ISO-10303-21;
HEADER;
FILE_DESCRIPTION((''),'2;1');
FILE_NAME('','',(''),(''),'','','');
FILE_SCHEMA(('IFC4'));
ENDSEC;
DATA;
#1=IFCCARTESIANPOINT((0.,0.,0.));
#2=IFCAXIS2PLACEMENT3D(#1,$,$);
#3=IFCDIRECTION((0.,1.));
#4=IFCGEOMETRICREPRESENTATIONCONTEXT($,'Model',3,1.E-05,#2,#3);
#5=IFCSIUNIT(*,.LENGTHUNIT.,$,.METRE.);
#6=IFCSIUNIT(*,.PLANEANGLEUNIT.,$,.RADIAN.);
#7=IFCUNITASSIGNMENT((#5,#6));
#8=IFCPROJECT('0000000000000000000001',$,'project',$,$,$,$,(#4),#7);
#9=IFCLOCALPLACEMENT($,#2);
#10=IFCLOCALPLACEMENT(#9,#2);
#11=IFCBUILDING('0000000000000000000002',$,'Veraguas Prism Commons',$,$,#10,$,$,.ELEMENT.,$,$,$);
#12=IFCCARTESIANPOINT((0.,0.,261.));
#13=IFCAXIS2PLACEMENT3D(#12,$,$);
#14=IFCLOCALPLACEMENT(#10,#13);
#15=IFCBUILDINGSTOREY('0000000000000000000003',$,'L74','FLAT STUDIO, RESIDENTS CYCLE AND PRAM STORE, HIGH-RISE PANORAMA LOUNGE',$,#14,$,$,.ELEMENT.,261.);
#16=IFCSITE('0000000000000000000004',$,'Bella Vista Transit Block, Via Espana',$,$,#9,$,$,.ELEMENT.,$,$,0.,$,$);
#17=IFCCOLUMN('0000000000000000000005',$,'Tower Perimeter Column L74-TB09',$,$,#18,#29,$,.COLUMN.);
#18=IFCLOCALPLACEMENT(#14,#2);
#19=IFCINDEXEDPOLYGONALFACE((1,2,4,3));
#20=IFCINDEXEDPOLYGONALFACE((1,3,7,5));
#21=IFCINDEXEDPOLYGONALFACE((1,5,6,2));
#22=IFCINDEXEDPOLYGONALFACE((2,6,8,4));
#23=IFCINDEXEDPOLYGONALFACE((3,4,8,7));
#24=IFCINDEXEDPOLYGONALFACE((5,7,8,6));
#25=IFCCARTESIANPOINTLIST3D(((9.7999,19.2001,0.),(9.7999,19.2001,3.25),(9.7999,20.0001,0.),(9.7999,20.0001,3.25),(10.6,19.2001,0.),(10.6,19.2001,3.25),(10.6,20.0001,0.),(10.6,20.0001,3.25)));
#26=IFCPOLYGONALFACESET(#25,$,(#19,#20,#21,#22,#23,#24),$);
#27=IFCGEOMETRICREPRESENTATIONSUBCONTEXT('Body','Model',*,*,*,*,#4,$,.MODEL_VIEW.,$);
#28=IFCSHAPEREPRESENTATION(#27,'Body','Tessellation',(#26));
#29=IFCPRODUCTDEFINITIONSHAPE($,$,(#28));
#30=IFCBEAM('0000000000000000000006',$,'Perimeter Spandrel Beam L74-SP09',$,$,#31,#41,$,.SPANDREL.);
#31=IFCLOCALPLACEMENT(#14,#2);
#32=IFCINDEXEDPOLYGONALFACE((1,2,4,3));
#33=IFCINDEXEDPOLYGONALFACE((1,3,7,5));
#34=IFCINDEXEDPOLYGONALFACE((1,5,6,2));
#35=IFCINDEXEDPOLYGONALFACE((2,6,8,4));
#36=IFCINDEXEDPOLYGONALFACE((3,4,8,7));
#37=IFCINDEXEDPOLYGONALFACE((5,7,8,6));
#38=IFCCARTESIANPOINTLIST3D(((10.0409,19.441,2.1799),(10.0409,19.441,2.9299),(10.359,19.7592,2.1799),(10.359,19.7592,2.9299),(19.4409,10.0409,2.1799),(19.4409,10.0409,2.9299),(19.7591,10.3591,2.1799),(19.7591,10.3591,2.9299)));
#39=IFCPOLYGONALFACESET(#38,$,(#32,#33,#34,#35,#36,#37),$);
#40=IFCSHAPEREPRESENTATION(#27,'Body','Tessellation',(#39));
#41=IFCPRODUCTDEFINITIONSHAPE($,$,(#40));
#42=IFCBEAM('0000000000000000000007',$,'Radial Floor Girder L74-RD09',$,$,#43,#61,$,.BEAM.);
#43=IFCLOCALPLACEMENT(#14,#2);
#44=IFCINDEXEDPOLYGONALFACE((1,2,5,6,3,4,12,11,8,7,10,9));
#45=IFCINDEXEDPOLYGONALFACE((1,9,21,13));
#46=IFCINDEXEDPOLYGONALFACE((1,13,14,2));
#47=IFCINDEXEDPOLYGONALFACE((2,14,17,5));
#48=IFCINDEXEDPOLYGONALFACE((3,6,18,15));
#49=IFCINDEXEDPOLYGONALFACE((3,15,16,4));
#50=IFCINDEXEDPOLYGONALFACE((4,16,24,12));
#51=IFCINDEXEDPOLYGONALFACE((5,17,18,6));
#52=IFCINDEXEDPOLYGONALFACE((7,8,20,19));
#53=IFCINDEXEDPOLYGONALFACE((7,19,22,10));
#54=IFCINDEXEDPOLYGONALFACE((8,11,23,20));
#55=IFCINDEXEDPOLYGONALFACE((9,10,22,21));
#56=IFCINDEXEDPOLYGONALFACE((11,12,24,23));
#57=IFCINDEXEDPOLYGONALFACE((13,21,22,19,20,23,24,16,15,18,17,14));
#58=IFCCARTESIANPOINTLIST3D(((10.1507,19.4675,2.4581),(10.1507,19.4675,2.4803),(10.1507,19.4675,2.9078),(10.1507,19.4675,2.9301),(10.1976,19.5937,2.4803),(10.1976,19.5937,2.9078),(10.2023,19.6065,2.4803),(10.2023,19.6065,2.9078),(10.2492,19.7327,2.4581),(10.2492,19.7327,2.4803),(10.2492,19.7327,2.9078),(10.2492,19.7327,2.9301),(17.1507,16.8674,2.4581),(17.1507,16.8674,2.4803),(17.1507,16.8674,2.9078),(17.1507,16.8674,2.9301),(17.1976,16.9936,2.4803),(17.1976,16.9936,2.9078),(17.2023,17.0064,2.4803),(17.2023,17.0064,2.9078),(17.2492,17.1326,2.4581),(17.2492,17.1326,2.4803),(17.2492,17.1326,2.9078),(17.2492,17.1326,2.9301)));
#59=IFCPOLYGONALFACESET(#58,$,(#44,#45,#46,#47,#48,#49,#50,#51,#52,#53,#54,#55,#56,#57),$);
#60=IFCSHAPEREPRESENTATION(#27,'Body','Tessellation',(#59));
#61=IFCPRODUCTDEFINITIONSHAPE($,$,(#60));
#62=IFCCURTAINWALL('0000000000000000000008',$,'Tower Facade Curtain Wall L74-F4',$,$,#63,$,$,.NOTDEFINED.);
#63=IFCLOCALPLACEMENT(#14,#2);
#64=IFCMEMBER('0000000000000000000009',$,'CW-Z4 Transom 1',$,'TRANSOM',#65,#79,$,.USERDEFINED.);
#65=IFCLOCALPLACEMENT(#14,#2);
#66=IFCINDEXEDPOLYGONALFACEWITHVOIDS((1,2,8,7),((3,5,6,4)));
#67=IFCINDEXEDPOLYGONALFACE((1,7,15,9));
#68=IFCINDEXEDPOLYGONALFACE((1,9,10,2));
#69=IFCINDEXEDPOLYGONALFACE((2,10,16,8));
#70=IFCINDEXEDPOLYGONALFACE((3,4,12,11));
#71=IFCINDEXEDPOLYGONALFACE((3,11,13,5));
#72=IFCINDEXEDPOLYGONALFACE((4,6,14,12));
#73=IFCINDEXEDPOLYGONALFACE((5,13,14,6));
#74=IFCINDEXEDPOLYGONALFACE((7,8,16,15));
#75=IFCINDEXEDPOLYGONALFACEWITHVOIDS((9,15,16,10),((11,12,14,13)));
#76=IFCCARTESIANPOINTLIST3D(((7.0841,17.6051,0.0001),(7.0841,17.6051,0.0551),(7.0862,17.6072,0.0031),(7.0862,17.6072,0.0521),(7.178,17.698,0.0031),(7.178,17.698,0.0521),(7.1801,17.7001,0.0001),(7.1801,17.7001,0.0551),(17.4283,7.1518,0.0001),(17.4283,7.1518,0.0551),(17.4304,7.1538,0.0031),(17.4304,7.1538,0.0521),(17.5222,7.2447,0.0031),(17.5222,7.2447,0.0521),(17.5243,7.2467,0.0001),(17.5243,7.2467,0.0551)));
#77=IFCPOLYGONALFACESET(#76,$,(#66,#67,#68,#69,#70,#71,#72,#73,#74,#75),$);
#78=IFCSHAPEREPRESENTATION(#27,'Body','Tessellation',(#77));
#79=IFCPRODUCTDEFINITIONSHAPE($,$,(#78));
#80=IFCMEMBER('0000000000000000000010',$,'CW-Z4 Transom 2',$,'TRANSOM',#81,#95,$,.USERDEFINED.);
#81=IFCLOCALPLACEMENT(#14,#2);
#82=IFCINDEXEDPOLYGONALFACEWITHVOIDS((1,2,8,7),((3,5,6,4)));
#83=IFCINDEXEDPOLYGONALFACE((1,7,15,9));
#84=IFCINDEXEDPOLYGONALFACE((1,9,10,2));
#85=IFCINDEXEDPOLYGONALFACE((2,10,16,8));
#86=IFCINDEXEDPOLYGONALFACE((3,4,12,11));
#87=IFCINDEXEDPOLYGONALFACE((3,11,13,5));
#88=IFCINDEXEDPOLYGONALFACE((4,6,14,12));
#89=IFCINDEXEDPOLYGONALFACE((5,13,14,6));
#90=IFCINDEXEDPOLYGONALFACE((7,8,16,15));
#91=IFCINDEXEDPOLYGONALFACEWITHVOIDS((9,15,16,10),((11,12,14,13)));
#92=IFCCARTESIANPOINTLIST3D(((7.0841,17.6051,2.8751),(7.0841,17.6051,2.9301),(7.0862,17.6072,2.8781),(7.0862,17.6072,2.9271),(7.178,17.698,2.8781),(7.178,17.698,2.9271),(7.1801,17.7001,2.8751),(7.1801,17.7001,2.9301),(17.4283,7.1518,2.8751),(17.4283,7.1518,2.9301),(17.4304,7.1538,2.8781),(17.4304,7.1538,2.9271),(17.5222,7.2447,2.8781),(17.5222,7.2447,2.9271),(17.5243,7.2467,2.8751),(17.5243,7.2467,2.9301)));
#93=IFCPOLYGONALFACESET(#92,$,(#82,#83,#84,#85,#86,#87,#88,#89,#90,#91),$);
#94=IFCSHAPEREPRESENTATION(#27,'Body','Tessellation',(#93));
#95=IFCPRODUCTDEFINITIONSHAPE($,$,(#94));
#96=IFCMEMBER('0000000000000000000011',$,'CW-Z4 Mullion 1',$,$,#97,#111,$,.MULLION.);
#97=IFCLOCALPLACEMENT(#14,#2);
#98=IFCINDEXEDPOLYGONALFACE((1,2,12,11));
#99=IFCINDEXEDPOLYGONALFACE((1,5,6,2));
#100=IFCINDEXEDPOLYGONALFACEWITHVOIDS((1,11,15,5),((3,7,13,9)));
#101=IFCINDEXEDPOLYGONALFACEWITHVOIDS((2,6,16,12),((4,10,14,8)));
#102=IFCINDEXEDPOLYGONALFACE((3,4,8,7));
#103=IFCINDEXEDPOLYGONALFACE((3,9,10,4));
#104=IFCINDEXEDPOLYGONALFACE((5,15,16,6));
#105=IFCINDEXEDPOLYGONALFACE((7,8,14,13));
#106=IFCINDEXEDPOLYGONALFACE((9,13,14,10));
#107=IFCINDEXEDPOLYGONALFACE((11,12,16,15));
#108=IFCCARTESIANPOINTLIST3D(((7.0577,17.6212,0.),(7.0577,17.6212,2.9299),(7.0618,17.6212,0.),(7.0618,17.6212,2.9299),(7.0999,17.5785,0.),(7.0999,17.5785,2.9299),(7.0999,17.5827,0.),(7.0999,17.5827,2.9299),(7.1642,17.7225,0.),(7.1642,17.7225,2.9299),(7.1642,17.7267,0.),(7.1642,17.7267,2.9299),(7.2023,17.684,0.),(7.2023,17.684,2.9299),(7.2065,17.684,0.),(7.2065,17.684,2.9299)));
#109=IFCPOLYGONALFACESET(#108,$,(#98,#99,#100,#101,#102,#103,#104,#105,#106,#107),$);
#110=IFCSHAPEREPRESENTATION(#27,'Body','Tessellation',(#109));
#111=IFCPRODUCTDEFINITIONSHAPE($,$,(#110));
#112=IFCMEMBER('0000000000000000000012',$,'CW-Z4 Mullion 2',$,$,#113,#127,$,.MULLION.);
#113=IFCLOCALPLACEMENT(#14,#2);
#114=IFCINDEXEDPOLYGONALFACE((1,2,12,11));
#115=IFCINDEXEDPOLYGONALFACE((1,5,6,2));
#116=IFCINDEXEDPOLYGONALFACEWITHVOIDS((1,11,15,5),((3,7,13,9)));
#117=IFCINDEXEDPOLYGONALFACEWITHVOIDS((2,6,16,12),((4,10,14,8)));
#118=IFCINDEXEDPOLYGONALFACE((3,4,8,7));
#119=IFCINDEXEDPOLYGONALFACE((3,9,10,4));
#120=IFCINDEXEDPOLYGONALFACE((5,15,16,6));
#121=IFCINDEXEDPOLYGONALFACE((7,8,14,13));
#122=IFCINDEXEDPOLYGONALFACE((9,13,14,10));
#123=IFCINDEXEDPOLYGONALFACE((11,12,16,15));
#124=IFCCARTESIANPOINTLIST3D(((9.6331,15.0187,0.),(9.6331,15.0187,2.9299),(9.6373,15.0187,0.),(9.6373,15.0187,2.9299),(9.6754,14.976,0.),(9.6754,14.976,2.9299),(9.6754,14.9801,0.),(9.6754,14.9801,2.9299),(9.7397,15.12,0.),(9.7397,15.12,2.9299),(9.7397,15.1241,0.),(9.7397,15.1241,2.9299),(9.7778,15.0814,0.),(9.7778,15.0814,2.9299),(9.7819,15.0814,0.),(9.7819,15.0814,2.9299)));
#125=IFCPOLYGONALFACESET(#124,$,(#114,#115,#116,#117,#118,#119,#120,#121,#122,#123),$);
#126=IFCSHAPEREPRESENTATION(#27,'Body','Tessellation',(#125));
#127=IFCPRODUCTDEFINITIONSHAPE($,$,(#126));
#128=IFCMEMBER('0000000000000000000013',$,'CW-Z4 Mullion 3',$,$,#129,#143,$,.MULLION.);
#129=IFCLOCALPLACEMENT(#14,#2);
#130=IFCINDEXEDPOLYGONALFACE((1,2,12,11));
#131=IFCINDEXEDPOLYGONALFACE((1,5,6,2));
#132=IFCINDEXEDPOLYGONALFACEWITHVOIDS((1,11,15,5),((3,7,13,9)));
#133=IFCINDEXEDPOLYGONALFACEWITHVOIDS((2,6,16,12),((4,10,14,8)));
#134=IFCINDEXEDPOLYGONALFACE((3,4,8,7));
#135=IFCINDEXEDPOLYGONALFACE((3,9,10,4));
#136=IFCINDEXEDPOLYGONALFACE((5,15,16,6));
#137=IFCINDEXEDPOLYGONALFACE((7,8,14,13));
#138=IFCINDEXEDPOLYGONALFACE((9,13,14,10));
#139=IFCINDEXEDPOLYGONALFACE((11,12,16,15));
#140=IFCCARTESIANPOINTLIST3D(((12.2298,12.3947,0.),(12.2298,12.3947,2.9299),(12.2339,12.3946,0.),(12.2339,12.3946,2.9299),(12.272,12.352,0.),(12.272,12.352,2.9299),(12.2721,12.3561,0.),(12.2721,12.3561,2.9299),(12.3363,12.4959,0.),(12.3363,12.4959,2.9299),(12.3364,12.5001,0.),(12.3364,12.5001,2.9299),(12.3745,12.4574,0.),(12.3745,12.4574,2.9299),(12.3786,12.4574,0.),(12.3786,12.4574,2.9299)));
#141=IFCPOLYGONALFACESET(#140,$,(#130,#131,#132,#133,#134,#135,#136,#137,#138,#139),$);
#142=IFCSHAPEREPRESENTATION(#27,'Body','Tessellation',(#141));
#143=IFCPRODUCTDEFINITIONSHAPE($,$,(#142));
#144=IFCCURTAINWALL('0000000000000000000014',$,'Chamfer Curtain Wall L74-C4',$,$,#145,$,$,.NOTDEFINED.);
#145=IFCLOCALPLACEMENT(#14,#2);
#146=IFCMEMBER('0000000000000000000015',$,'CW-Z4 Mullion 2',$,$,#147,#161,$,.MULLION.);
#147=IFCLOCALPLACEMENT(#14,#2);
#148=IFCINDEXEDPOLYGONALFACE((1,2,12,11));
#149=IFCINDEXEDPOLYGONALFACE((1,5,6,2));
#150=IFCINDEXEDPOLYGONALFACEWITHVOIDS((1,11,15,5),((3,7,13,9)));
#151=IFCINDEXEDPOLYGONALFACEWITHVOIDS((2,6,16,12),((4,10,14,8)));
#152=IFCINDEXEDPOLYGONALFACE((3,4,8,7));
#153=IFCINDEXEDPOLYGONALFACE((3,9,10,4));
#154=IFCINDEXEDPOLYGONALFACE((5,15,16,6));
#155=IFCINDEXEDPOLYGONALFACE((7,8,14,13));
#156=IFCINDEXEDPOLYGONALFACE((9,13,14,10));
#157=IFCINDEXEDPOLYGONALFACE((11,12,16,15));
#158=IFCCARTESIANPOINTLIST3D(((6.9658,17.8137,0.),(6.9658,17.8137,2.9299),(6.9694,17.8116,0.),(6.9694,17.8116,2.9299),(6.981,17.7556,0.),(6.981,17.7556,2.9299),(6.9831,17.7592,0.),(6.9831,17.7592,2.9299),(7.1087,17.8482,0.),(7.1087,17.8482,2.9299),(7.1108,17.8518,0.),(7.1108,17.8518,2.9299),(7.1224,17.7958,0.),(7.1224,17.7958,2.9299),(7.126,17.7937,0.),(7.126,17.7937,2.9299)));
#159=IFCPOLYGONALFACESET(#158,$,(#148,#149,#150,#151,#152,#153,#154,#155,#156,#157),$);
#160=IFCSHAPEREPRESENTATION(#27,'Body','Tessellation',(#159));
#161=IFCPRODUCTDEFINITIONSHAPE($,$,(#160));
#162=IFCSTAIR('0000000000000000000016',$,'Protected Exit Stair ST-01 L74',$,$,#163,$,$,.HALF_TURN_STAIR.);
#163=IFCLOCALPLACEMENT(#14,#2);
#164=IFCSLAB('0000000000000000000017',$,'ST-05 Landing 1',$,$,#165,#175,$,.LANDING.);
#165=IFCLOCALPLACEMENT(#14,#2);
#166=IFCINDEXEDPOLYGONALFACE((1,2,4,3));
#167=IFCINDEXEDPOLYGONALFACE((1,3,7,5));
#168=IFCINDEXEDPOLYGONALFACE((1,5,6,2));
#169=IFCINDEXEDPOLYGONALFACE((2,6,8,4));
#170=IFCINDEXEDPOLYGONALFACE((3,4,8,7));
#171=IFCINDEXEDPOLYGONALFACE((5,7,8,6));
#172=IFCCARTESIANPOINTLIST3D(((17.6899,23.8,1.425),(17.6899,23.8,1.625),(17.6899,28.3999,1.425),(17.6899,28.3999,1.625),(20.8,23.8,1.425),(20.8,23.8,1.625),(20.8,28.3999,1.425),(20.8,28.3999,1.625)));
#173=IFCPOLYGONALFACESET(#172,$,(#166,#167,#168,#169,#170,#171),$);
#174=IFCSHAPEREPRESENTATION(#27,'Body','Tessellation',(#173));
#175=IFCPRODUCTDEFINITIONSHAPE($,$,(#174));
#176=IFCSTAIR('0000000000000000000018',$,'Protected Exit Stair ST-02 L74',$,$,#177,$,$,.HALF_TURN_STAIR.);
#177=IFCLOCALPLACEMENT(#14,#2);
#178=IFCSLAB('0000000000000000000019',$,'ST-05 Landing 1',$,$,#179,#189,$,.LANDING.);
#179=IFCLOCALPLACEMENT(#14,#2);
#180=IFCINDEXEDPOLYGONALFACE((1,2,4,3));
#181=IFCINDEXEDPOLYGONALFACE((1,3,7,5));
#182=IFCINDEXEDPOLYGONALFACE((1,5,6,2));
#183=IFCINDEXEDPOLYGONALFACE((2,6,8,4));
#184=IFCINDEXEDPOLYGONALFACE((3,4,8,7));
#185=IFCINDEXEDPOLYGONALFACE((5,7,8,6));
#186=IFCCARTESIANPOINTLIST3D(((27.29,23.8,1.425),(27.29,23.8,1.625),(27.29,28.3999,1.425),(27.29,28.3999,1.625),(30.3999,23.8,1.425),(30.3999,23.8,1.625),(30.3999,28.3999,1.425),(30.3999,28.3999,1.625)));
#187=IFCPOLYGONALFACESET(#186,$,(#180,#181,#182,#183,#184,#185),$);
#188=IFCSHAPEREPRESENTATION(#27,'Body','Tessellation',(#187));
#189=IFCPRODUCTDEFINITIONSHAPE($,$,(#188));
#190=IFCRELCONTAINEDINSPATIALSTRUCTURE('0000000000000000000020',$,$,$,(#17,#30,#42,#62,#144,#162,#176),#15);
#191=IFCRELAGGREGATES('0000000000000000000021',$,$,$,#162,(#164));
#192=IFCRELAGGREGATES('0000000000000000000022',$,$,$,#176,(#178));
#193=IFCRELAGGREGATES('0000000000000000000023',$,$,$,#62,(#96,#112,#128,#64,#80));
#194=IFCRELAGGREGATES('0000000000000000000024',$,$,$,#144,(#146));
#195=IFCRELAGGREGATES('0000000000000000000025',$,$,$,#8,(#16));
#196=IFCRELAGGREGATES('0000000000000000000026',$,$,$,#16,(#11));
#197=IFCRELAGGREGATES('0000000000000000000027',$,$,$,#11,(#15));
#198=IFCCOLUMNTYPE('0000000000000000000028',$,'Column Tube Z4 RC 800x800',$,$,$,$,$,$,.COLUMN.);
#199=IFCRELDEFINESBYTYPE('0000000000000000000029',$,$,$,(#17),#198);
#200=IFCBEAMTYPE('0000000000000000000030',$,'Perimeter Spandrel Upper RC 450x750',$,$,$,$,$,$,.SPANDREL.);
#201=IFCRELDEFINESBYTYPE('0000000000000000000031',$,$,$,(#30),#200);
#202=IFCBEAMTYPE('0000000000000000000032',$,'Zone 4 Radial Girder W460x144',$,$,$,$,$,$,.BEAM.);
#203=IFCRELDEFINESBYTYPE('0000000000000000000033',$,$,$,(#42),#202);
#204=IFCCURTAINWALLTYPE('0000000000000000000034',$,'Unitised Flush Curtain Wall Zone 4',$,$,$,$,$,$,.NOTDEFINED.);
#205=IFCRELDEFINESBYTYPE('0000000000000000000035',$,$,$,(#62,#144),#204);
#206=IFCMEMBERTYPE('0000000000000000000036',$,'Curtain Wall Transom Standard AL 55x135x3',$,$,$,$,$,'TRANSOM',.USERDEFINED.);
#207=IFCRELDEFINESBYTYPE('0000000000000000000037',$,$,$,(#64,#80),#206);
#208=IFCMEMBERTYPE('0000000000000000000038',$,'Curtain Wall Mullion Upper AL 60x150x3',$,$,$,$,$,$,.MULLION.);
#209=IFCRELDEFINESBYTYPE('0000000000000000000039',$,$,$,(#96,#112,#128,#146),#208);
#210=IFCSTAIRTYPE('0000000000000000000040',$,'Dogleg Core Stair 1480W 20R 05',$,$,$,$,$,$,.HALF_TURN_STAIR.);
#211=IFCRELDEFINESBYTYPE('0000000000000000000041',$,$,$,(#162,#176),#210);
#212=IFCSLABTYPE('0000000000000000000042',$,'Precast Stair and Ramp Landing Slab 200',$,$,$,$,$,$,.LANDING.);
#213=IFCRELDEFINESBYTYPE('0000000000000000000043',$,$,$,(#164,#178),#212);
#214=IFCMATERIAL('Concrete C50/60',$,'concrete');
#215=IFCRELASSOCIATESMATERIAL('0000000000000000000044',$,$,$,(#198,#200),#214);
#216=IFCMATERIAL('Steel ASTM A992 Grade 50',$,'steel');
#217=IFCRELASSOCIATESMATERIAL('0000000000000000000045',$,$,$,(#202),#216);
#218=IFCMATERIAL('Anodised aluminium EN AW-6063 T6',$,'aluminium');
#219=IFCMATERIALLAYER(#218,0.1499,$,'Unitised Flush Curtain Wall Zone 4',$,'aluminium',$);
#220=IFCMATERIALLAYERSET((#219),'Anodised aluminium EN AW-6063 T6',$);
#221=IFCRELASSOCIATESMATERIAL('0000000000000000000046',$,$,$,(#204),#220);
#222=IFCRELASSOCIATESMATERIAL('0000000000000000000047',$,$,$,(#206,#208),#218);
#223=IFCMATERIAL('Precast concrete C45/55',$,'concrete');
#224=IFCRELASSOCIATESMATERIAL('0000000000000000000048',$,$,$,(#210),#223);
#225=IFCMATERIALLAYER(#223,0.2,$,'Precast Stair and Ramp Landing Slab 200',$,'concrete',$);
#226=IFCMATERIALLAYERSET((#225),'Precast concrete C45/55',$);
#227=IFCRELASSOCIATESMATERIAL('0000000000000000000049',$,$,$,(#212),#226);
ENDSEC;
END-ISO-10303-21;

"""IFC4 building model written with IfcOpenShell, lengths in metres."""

from ifc_helpers import new_model, si_unit, direction, frame, origin, origin_2d, place, context, subcontext, project, spatial, polyline, rectangle, hollow_rectangle, i_section, outline, extrude, source, transform, mapped, material, layer, layer_set, material_profile, profile_set, type_object, element, aggregate, save


model = new_model("IFC4")

# Units and contexts
model_context = context("Model", 3, precision=1e-05, world=origin(), true_north=direction((0.0, 1.0)))
body_context = subcontext(model_context, "Body", "Model", "MODEL_VIEW")
ifc_project = project(units=[si_unit("LENGTHUNIT", "METRE"), si_unit("PLANEANGLEUNIT", "RADIAN")], contexts=[model_context])

# Site, building, storey
site_placement = place(None, origin())
site = spatial("IfcSite", under=ifc_project, at=site_placement, Name="Bella Vista Transit Block, Via Espana", CompositionType="ELEMENT", RefElevation=0.0)
building_placement = place(site_placement, origin())
building = spatial("IfcBuilding", under=site, at=building_placement, Name="Veraguas Prism Commons", CompositionType="ELEMENT")
storey_placement = place(building_placement, frame((0.0, 0.0, 261.0)))
storey = spatial("IfcBuildingStorey", under=building, at=storey_placement, Name="L74", Description="FLAT STUDIO, RESIDENTS CYCLE AND PRAM STORE, HIGH-RISE PANORAMA LOUNGE", CompositionType="ELEMENT", Elevation=261.0)

# Column
ifc_material_1 = material(Name="Concrete C50/60", Category="concrete")
ifc_material_profile_1 = material_profile(ifc_material_1, rectangle(XDim=0.8, YDim=0.8, at=origin_2d()), Name="RC800X800")
ifc_profile_set_1 = profile_set([ifc_material_profile_1], Name="Concrete C50/60")
column_type = type_object("IfcColumnType", Name="Column Tube Z4 RC 800x800", PredefinedType="COLUMN", material=ifc_profile_set_1)
column_placement = place(storey_placement, frame((10.2, 19.6001, 0.0), z_axis=(0.0, 0.0, 1.0), x_axis=(1.0, 0.0, 0.0)))
element("IfcColumn", 1, at=column_placement, inside=storey, type_object=column_type, Name="Tower Perimeter Column L74-TB09", PredefinedType="COLUMN", context=body_context, shape_type="SweptSolid", body=[
    extrude(rectangle(XDim=0.8, YDim=0.8, at=origin_2d()), origin(), (0.0, 0.0, 1.0), 3.25),
])

# Beams
ifc_material_profile_2 = material_profile(ifc_material_1, rectangle(XDim=0.45, YDim=0.75, at=origin_2d()), Name="RC450X750")
ifc_profile_set_2 = profile_set([ifc_material_profile_2], Name="Concrete C50/60")
beam_type_1 = type_object("IfcBeamType", Name="Perimeter Spandrel Upper RC 450x750", PredefinedType="SPANDREL", material=ifc_profile_set_2)
beam_1_placement = place(storey_placement, frame((10.2, 19.6001, 2.5549), z_axis=(0.707107, -0.707107, 0.0), x_axis=(0.707107, 0.707107, 0.0)))
element("IfcBeam", 2, at=beam_1_placement, inside=storey, type_object=beam_type_1, Name="Perimeter Spandrel Beam L74-SP09", PredefinedType="SPANDREL", context=body_context, shape_type="SweptSolid", body=[
    extrude(rectangle(XDim=0.45, YDim=0.75, at=origin_2d()), origin(), (0.0, 0.0, 1.0), 13.2937),
])
ifc_material_2 = material(Name="Steel ASTM A992 Grade 50", Category="steel")
ifc_material_profile_3 = material_profile(ifc_material_2, i_section(OverallWidth=0.283, OverallDepth=0.4719, WebThickness=0.0137, FlangeThickness=0.0222, at=origin_2d()), Name="W460X144")
ifc_profile_set_3 = profile_set([ifc_material_profile_3], Name="Steel ASTM A992 Grade 50")
beam_type_2 = type_object("IfcBeamType", Name="Zone 4 Radial Girder W460x144", PredefinedType="BEAM", material=ifc_profile_set_3)
beam_2_placement = place(storey_placement, frame((10.2, 19.6001, 2.6941), z_axis=(0.937421, -0.348198, 0.0), x_axis=(0.348198, 0.937421, 0.0)))
element("IfcBeam", 3, at=beam_2_placement, inside=storey, type_object=beam_type_2, Name="Radial Floor Girder L74-RD09", PredefinedType="BEAM", context=body_context, shape_type="SweptSolid", body=[
    extrude(i_section(OverallWidth=0.283, OverallDepth=0.4719, WebThickness=0.0137, FlangeThickness=0.0222, at=origin_2d()), origin(), (0.0, 0.0, 1.0), 7.4673),
])

# Curtain wall, members
ifc_material_3 = material(Name="Anodised aluminium EN AW-6063 T6", Category="aluminium")
ifc_layer_1 = layer(ifc_material_3, 0.1499, Name="Unitised Flush Curtain Wall Zone 4", Category="aluminium")
ifc_layer_set_1 = layer_set([ifc_layer_1], Name="Anodised aluminium EN AW-6063 T6")
curtain_wall_type = type_object("IfcCurtainWallType", Name="Unitised Flush Curtain Wall Zone 4", PredefinedType="NOTDEFINED", material=ifc_layer_set_1)
curtain_wall_1_placement = place(storey_placement, origin())
curtain_wall_1 = element("IfcCurtainWall", 4, at=curtain_wall_1_placement, inside=storey, type_object=curtain_wall_type, Name="Tower Facade Curtain Wall L74-F4", PredefinedType="NOTDEFINED")
ifc_material_profile_4 = material_profile(ifc_material_3, hollow_rectangle(XDim=0.0549, YDim=0.135, WallThickness=0.0029, at=origin_2d()), Name="AL55X135X3")
ifc_profile_set_4 = profile_set([ifc_material_profile_4], Name="Anodised aluminium EN AW-6063 T6")
member_type_1 = type_object("IfcMemberType", Name="Curtain Wall Transom Standard AL 55x135x3", ElementType="TRANSOM", PredefinedType="USERDEFINED", material=ifc_profile_set_4)
shared_shape_1 = source(origin(), body_context, "Body", "SweptSolid", [
    extrude(hollow_rectangle(XDim=0.0549, YDim=0.135, WallThickness=0.0029, at=origin_2d()), origin(), (0.0, 0.0, 1.0), 14.7063),
])
member_1_placement = place(storey_placement, frame((7.1321, 17.6526, 0.0276), z_axis=(0.703387, -0.710807, 0.0), x_axis=(0.0, 0.0, 1.0)))
member_1 = element("IfcMember", 5, at=member_1_placement, type_object=member_type_1, Name="CW-Z4 Transom 1", ObjectType="TRANSOM", PredefinedType="USERDEFINED", context=body_context, shape_type="MappedRepresentation", body=[
    mapped(shared_shape_1, transform((0.0, 0.0, 0.0), scale=1.0)),
])
member_2_placement = place(storey_placement, frame((7.1321, 17.6526, 2.9026), z_axis=(0.703387, -0.710807, 0.0), x_axis=(0.0, 0.0, 1.0)))
member_2 = element("IfcMember", 6, at=member_2_placement, type_object=member_type_1, Name="CW-Z4 Transom 2", ObjectType="TRANSOM", PredefinedType="USERDEFINED", context=body_context, shape_type="MappedRepresentation", body=[
    mapped(shared_shape_1, transform((0.0, 0.0, 0.0), scale=1.0)),
])
ifc_material_profile_5 = material_profile(ifc_material_3, hollow_rectangle(XDim=0.0601, YDim=0.1499, WallThickness=0.0029, at=origin_2d()), Name="AL60X150X3")
ifc_profile_set_5 = profile_set([ifc_material_profile_5], Name="Anodised aluminium EN AW-6063 T6")
member_type_2 = type_object("IfcMemberType", Name="Curtain Wall Mullion Upper AL 60x150x3", PredefinedType="MULLION", material=ifc_profile_set_5)
shared_shape_2 = source(origin(), body_context, "Body", "SweptSolid", [
    extrude(hollow_rectangle(XDim=0.0601, YDim=0.1499, WallThickness=0.0029, at=origin_2d()), origin(), (0.0, 0.0, 1.0), 2.9299),
])
member_3_placement = place(storey_placement, frame((7.1321, 17.6526, 0.0), z_axis=(0.0, 0.0, 1.0), x_axis=(0.703392, -0.710802, 0.0)))
member_3 = element("IfcMember", 7, at=member_3_placement, type_object=member_type_2, Name="CW-Z4 Mullion 1", PredefinedType="MULLION", context=body_context, shape_type="MappedRepresentation", body=[
    mapped(shared_shape_2, transform((0.0, 0.0, 0.0), scale=1.0)),
])
member_4_placement = place(storey_placement, frame((9.7075, 15.05, 0.0), z_axis=(0.0, 0.0, 1.0), x_axis=(0.703392, -0.710802, 0.0)))
member_4 = element("IfcMember", 8, at=member_4_placement, type_object=member_type_2, Name="CW-Z4 Mullion 2", PredefinedType="MULLION", context=body_context, shape_type="MappedRepresentation", body=[
    mapped(shared_shape_2, transform((0.0, 0.0, 0.0), scale=1.0)),
])
member_5_placement = place(storey_placement, frame((12.3042, 12.426, 0.0), z_axis=(0.0, 0.0, 1.0), x_axis=(0.703392, -0.710802, 0.0)))
member_5 = element("IfcMember", 9, at=member_5_placement, type_object=member_type_2, Name="CW-Z4 Mullion 3", PredefinedType="MULLION", context=body_context, shape_type="MappedRepresentation", body=[
    mapped(shared_shape_2, transform((0.0, 0.0, 0.0), scale=1.0)),
])

# Curtain wall, member
curtain_wall_2_placement = place(storey_placement, origin())
curtain_wall_2 = element("IfcCurtainWall", 10, at=curtain_wall_2_placement, inside=storey, type_object=curtain_wall_type, Name="Chamfer Curtain Wall L74-C4", PredefinedType="NOTDEFINED")
member_6_placement = place(storey_placement, frame((7.0459, 17.8037, 0.0), z_axis=(0.0, 0.0, 1.0), x_axis=(0.25379, -0.967259, 0.0)))
member_6 = element("IfcMember", 11, at=member_6_placement, type_object=member_type_2, Name="CW-Z4 Mullion 2", PredefinedType="MULLION", context=body_context, shape_type="MappedRepresentation", body=[
    mapped(shared_shape_2, transform((0.0, 0.0, 0.0), scale=1.0)),
])

# Stairs, slabs
ifc_material_4 = material(Name="Precast concrete C45/55", Category="concrete")
stair_type = type_object("IfcStairType", Name="Dogleg Core Stair 1480W 20R 05", PredefinedType="HALF_TURN_STAIR", material=ifc_material_4)
stair_1_placement = place(storey_placement, origin())
stair_1 = element("IfcStair", 12, at=stair_1_placement, inside=storey, type_object=stair_type, Name="Protected Exit Stair ST-01 L74", PredefinedType="HALF_TURN_STAIR")
ifc_layer_2 = layer(ifc_material_4, 0.2, Name="Precast Stair and Ramp Landing Slab 200", Category="concrete")
ifc_layer_set_2 = layer_set([ifc_layer_2], Name="Precast concrete C45/55")
slab_type_1 = type_object("IfcSlabType", Name="Precast Stair and Ramp Landing Slab 200", PredefinedType="LANDING", material=ifc_layer_set_2)
slab_1_placement = place(storey_placement, frame((0.0, 0.0, 1.425)))
slab_1 = element("IfcSlab", 13, at=slab_1_placement, type_object=slab_type_1, Name="ST-05 Landing 1", PredefinedType="LANDING", context=body_context, shape_type="SweptSolid", body=[
    extrude(outline(polyline([(20.8, 23.8), (20.8, 28.3999), (17.6899, 28.3999), (17.6899, 23.8), (20.8, 23.8)])), origin(), (0.0, 0.0, 1.0), 0.2),
])
aggregate(stair_1, [slab_1])
stair_2_placement = place(storey_placement, origin())
stair_2 = element("IfcStair", 14, at=stair_2_placement, inside=storey, type_object=stair_type, Name="Protected Exit Stair ST-02 L74", PredefinedType="HALF_TURN_STAIR")
slab_2_placement = place(storey_placement, frame((0.0, 0.0, 1.425)))
slab_2 = element("IfcSlab", 15, at=slab_2_placement, type_object=slab_type_1, Name="ST-05 Landing 1", PredefinedType="LANDING", context=body_context, shape_type="SweptSolid", body=[
    extrude(outline(polyline([(30.3999, 23.8), (30.3999, 28.3999), (27.29, 28.3999), (27.29, 23.8), (30.3999, 23.8)])), origin(), (0.0, 0.0, 1.0), 0.2),
])
aggregate(stair_2, [slab_2])

aggregate(curtain_wall_1, [member_3, member_4, member_5, member_1, member_2])
aggregate(curtain_wall_2, [member_6])

save(model, "model.ifc")
